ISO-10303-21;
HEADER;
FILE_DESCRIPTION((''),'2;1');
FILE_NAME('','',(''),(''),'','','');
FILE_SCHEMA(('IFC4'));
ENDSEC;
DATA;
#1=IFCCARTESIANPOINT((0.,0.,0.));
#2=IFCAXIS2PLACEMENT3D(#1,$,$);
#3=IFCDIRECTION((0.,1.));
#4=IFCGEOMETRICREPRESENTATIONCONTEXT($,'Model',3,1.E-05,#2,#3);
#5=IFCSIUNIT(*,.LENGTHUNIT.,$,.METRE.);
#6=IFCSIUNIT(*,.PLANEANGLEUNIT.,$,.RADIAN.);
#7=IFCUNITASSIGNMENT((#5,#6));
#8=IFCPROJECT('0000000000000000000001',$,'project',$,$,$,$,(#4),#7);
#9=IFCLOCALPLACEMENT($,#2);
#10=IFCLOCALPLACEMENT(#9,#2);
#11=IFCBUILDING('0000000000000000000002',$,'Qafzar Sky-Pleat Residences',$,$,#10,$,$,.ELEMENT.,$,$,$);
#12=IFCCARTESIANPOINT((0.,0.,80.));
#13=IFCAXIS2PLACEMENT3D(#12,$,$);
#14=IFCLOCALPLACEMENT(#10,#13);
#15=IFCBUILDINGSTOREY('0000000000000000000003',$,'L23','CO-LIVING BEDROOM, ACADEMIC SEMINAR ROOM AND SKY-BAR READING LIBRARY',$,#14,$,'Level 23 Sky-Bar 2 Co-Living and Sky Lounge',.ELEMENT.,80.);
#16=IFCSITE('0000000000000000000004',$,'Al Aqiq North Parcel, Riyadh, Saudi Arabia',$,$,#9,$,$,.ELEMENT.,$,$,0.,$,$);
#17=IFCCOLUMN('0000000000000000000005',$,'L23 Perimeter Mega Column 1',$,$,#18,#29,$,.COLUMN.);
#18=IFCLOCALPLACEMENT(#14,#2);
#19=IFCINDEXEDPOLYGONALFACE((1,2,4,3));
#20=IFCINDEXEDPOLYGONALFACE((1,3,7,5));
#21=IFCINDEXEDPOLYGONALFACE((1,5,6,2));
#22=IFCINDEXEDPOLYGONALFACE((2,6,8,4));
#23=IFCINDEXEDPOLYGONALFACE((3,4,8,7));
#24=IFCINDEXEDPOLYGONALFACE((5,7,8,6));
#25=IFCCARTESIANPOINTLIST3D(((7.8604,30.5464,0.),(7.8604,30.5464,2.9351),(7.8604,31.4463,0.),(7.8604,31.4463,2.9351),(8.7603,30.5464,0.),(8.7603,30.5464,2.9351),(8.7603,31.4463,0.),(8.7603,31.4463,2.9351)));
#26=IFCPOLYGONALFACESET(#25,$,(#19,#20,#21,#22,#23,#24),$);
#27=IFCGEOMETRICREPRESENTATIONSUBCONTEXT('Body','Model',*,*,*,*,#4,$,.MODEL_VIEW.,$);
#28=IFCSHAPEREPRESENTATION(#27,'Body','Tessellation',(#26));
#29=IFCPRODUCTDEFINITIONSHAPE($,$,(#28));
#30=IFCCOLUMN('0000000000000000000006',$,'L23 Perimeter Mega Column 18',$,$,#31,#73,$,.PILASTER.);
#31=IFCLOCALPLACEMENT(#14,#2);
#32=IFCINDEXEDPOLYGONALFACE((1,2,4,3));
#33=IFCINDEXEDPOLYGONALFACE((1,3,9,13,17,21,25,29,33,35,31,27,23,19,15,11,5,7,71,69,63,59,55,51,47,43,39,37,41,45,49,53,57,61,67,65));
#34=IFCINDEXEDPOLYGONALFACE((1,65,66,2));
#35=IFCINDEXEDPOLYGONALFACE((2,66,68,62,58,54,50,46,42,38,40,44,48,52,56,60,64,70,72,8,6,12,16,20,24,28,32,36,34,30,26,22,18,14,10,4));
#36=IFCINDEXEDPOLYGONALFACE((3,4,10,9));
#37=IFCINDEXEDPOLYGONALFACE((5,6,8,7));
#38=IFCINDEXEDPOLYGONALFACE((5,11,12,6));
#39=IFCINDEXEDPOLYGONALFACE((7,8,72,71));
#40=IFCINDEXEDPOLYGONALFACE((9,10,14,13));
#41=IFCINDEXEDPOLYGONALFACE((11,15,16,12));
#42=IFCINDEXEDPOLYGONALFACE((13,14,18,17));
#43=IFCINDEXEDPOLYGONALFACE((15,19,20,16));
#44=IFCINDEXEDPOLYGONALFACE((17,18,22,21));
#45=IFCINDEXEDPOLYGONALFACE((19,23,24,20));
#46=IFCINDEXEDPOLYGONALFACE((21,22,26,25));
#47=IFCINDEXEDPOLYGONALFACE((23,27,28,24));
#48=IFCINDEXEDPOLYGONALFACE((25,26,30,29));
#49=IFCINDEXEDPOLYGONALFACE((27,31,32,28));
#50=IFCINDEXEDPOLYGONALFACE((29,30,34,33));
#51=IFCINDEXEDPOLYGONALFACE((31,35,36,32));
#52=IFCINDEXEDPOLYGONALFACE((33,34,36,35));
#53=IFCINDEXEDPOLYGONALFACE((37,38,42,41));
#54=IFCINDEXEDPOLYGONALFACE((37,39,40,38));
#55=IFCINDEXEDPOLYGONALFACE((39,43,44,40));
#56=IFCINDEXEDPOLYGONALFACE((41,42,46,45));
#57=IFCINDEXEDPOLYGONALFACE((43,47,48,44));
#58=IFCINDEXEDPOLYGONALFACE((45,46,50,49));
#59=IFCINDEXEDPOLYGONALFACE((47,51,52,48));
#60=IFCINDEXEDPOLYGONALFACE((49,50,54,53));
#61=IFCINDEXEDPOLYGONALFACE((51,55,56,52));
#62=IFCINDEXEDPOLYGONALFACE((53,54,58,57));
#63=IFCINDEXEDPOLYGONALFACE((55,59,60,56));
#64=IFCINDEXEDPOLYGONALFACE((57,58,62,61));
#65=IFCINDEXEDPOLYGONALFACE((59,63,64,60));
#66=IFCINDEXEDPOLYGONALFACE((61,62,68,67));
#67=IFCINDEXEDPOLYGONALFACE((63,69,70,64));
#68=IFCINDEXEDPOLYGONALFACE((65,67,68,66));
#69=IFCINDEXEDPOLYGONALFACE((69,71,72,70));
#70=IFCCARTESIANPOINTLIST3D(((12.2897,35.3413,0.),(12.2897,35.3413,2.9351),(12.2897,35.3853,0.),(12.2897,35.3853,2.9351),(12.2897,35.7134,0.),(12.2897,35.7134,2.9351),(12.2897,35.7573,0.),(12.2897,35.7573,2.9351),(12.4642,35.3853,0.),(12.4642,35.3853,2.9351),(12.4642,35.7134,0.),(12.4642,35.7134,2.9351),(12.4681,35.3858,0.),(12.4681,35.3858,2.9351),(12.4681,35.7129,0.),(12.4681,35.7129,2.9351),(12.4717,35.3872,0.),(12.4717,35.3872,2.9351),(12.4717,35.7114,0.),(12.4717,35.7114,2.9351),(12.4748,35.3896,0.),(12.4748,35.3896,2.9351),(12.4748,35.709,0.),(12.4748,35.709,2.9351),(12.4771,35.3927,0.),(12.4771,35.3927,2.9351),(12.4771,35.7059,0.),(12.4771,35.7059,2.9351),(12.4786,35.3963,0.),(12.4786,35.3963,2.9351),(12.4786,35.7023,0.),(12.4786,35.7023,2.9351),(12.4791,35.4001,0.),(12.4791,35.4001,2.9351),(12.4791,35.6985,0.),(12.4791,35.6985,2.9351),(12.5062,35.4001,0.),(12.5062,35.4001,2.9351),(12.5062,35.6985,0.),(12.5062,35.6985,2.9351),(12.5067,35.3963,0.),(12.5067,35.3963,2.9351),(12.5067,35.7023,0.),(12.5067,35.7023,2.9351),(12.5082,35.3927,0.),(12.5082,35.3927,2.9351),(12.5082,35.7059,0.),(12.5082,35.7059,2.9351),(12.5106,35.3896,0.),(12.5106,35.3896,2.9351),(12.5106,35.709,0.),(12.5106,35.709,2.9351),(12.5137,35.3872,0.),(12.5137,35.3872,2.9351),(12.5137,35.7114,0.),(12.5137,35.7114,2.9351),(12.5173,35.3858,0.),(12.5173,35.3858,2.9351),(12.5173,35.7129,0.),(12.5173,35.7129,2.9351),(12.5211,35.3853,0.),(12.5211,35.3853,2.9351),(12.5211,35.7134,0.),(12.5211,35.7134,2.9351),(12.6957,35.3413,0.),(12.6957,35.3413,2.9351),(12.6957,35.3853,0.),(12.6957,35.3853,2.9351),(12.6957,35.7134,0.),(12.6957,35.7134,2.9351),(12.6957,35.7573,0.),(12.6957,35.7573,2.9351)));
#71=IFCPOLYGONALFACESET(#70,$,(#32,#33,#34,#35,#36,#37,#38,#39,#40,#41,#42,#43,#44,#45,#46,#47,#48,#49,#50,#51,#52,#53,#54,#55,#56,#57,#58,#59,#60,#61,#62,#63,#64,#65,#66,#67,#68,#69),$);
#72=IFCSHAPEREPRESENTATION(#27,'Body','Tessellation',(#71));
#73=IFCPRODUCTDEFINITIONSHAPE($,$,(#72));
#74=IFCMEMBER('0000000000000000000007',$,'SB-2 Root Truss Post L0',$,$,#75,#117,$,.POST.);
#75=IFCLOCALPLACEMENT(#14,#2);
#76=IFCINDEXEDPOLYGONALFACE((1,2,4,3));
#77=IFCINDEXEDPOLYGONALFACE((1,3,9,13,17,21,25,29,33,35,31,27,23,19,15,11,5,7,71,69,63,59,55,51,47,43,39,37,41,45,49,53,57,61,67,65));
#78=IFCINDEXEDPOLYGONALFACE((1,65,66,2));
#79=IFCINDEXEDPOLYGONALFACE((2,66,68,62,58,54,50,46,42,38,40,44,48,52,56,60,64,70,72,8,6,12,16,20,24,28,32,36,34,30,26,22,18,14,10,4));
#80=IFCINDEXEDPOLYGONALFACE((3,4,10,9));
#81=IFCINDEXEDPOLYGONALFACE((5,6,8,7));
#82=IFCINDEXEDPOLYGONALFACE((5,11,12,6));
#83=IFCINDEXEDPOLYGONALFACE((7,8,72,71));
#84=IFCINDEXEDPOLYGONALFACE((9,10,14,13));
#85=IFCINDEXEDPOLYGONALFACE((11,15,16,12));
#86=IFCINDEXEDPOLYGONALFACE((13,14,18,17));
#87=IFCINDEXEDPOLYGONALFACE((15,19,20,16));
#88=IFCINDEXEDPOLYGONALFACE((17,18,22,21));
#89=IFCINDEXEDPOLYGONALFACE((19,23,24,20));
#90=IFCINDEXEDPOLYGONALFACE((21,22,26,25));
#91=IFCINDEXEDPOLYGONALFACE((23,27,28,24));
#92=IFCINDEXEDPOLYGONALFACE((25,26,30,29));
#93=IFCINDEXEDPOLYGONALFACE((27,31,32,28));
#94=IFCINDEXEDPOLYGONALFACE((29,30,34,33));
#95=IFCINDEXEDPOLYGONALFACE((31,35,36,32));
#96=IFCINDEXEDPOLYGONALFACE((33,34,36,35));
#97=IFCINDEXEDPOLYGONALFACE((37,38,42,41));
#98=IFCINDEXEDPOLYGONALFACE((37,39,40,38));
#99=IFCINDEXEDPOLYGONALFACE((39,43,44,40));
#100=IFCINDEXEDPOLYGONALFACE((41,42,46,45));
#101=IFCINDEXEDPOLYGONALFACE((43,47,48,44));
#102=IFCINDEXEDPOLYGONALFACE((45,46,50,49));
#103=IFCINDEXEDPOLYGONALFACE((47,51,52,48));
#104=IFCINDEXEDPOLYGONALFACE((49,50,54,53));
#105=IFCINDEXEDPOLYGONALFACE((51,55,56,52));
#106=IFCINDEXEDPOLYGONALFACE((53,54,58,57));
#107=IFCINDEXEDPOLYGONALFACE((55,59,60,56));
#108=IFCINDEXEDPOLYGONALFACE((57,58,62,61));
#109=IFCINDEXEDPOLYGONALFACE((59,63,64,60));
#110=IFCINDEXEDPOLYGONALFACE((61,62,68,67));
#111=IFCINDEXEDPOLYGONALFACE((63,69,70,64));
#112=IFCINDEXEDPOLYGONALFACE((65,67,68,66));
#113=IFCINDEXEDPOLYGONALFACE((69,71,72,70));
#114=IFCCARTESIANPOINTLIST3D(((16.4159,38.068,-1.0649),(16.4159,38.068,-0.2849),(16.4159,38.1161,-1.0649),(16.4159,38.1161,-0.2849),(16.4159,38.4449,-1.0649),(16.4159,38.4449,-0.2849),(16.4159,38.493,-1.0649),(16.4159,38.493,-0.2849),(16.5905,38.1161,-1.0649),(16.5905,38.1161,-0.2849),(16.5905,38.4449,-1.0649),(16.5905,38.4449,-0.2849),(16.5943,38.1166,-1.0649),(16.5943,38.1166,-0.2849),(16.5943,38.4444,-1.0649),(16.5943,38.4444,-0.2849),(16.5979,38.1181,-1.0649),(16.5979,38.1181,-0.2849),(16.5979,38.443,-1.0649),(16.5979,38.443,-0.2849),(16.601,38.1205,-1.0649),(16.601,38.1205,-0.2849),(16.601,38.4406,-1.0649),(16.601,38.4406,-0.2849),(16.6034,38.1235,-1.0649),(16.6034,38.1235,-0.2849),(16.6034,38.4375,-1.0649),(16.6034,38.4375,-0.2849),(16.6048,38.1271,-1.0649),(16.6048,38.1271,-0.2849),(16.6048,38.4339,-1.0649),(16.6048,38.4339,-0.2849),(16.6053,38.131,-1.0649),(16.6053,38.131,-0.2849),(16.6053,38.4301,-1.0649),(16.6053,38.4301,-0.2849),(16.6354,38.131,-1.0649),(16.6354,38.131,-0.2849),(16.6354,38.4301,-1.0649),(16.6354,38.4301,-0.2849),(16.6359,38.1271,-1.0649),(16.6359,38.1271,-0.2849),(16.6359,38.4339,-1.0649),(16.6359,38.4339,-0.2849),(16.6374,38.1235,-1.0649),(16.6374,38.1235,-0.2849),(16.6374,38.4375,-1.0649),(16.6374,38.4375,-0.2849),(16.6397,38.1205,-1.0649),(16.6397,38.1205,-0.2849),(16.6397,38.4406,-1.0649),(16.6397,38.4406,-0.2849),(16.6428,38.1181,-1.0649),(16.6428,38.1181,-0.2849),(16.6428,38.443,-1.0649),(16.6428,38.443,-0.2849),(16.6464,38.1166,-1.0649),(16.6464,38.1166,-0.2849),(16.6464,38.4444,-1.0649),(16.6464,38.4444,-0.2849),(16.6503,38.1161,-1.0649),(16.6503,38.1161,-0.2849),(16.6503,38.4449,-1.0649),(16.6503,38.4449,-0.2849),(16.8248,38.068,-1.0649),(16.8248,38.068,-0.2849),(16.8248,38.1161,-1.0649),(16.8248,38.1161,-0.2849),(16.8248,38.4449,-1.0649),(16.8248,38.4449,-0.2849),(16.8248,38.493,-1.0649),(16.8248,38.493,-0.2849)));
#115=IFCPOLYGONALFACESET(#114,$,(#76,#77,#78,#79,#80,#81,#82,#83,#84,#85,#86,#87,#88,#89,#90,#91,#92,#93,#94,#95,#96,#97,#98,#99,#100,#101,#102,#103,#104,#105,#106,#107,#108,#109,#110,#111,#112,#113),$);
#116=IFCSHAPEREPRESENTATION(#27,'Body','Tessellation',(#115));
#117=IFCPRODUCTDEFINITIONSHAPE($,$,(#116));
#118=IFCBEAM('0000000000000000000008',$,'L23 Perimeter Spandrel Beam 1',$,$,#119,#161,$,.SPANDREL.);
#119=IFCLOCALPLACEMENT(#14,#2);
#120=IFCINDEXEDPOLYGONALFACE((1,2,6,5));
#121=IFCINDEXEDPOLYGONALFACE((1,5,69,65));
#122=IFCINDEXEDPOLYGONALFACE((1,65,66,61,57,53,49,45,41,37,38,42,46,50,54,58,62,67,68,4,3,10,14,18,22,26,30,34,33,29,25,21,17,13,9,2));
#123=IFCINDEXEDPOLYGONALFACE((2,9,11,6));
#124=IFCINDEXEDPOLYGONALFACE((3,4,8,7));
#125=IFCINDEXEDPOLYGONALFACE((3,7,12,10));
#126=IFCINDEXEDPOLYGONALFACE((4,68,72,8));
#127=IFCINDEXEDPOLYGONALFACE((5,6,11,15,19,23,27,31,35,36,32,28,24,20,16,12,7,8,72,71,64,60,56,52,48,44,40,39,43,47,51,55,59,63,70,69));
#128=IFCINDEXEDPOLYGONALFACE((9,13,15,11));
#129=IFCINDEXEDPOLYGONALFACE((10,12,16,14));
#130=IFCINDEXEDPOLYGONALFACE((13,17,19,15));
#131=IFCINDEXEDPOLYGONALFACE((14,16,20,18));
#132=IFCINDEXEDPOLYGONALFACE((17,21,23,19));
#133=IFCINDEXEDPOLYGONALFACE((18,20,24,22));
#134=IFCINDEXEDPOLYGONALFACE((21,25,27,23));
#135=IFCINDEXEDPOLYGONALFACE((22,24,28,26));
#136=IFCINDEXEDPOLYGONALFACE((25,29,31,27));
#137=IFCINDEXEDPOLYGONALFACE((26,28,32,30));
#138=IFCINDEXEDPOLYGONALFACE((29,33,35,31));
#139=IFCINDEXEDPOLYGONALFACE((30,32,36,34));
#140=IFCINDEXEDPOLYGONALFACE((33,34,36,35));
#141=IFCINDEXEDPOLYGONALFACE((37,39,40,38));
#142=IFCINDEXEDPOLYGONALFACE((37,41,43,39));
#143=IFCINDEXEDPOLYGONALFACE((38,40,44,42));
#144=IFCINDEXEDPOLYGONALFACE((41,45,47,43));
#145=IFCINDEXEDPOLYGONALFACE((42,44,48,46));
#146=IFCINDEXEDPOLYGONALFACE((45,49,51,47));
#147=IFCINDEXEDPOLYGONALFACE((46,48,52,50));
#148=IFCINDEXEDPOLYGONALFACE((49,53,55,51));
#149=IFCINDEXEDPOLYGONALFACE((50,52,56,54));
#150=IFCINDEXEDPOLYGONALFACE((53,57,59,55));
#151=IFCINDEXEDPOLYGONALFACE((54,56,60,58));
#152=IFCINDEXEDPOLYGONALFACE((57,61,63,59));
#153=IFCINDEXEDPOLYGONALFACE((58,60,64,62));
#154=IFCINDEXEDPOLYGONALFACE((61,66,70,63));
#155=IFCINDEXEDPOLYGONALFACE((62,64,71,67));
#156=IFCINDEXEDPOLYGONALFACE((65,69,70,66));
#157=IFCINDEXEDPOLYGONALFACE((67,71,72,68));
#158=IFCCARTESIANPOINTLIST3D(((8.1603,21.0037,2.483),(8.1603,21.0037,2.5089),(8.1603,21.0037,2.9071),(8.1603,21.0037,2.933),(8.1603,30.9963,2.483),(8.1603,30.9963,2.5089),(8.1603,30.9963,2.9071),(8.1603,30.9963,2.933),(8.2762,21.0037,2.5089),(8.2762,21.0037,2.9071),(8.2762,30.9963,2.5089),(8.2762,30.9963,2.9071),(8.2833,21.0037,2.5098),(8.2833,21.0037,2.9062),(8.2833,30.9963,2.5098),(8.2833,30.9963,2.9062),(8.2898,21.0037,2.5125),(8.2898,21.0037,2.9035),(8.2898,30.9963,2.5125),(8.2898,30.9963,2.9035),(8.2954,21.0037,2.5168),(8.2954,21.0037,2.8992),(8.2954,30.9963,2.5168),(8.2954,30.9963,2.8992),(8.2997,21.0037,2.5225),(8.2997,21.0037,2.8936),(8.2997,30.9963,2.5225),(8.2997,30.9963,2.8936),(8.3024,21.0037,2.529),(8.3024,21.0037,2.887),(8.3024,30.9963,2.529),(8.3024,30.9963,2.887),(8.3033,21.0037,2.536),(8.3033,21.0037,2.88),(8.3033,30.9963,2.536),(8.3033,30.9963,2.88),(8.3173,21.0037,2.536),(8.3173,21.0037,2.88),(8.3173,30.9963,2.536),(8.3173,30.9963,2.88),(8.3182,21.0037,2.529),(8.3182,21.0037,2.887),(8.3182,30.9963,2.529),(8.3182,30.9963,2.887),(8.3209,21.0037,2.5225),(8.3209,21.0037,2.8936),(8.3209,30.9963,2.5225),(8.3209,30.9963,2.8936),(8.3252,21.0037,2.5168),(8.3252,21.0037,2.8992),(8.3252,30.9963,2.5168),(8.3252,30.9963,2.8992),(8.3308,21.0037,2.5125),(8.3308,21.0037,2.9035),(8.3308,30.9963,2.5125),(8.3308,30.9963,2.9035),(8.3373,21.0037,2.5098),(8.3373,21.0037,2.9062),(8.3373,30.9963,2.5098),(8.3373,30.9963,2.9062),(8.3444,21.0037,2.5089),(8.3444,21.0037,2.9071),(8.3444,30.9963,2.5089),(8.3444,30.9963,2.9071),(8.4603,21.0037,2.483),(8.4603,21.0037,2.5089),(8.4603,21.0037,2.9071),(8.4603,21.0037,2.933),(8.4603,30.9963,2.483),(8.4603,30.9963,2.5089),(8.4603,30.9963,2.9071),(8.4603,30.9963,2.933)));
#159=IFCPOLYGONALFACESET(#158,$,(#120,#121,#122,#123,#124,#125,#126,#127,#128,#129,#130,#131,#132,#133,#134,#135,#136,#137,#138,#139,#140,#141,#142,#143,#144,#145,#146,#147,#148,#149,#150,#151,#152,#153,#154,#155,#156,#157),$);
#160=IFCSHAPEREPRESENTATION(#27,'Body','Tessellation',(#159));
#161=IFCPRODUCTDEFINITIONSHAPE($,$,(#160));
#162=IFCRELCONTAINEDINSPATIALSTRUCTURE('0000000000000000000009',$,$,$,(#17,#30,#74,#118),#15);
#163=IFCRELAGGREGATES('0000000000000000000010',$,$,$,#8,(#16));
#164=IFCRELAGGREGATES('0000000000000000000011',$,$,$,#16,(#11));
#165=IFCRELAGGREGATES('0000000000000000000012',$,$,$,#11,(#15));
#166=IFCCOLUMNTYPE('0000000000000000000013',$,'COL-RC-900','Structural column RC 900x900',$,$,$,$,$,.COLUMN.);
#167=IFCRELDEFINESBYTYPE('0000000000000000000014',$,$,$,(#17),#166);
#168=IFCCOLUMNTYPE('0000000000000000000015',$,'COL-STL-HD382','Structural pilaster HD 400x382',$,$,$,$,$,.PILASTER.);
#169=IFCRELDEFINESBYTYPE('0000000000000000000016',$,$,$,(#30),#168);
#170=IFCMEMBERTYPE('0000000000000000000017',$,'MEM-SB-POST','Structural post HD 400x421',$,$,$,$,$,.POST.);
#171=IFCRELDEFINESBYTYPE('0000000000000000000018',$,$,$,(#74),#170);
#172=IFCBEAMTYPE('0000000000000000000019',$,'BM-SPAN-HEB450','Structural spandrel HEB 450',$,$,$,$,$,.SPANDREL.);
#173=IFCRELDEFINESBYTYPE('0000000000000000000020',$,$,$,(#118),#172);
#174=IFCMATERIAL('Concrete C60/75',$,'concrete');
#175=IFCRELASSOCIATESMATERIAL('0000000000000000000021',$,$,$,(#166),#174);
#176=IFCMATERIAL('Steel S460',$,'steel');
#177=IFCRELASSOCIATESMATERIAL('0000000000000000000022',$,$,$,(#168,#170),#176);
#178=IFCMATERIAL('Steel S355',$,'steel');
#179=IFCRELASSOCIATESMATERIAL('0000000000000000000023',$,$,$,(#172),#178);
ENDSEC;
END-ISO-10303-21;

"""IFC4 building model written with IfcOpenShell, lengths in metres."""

from ifc_helpers import new_model, si_unit, direction, frame, origin, origin_2d, place, context, subcontext, project, spatial, rectangle, i_section, extrude, source, transform, mapped, material, material_profile, profile_set, type_object, element, save


model = new_model("IFC4")

# Units and contexts
model_context = context("Model", 3, precision=1e-05, world=origin(), true_north=direction((0.0, 1.0)))
body_context = subcontext(model_context, "Body", "Model", "MODEL_VIEW")
ifc_project = project(units=[si_unit("LENGTHUNIT", "METRE"), si_unit("PLANEANGLEUNIT", "RADIAN")], contexts=[model_context])

# Site, building, storey
site_placement = place(None, origin())
site = spatial("IfcSite", under=ifc_project, at=site_placement, Name="Al Aqiq North Parcel, Riyadh, Saudi Arabia", CompositionType="ELEMENT", RefElevation=0.0)
building_placement = place(site_placement, origin())
building = spatial("IfcBuilding", under=site, at=building_placement, Name="Qafzar Sky-Pleat Residences", CompositionType="ELEMENT")
storey_placement = place(building_placement, frame((0.0, 0.0, 80.0)))
storey = spatial("IfcBuildingStorey", under=building, at=storey_placement, Name="L23", Description="CO-LIVING BEDROOM, ACADEMIC SEMINAR ROOM AND SKY-BAR READING LIBRARY", LongName="Level 23 Sky-Bar 2 Co-Living and Sky Lounge", CompositionType="ELEMENT", Elevation=80.0)

# Columns
ifc_material_1 = material(Name="Concrete C60/75", Category="concrete")
ifc_material_profile_1 = material_profile(ifc_material_1, rectangle(XDim=0.8999, YDim=0.8999, at=origin_2d()), Name="RC 900x900")
ifc_profile_set_1 = profile_set([ifc_material_profile_1], Name="Concrete C60/75")
column_type_1 = type_object("IfcColumnType", Name="COL-RC-900", Description="Structural column RC 900x900", PredefinedType="COLUMN", material=ifc_profile_set_1)
shared_shape_1 = source(origin(), body_context, "Body", "SweptSolid", [
    extrude(rectangle(XDim=0.8999, YDim=0.8999, at=origin_2d()), origin(), (0.0, 0.0, 1.0), 2.9351),
])
column_1_placement = place(storey_placement, frame((8.3103, 30.9963, 0.0), z_axis=(0.0, 0.0, 1.0), x_axis=(1.0, 0.0, 0.0)))
element("IfcColumn", 1, at=column_1_placement, inside=storey, type_object=column_type_1, Name="L23 Perimeter Mega Column 1", PredefinedType="COLUMN", context=body_context, shape_type="MappedRepresentation", body=[
    mapped(shared_shape_1, transform((0.0, 0.0, 0.0), x_axis=(1.0, 0.0, 0.0), y_axis=(0.0, 1.0, 0.0), z_axis=(0.0, 0.0, 1.0), scale=1.0)),
])
ifc_material_2 = material(Name="Steel S460", Category="steel")
ifc_material_profile_2 = material_profile(ifc_material_2, i_section(OverallWidth=0.406, OverallDepth=0.416, WebThickness=0.0271, FlangeThickness=0.0439, FilletRadius=0.0149, at=origin_2d()), Name="HD 400x382")
ifc_profile_set_2 = profile_set([ifc_material_profile_2], Name="Steel S460")
column_type_2 = type_object("IfcColumnType", Name="COL-STL-HD382", Description="Structural pilaster HD 400x382", PredefinedType="PILASTER", material=ifc_profile_set_2)
shared_shape_2 = source(origin(), body_context, "Body", "SweptSolid", [
    extrude(i_section(OverallWidth=0.406, OverallDepth=0.416, WebThickness=0.0271, FlangeThickness=0.0439, FilletRadius=0.0149, at=origin_2d()), origin(), (0.0, 0.0, 1.0), 2.9351),
])
column_2_placement = place(storey_placement, frame((12.4927, 35.5493, 0.0), z_axis=(0.0, 0.0, 1.0), x_axis=(1.0, 0.0, 0.0)))
element("IfcColumn", 2, at=column_2_placement, inside=storey, type_object=column_type_2, Name="L23 Perimeter Mega Column 18", PredefinedType="PILASTER", context=body_context, shape_type="MappedRepresentation", body=[
    mapped(shared_shape_2, transform((0.0, 0.0, 0.0), x_axis=(1.0, 0.0, 0.0), y_axis=(0.0, 1.0, 0.0), z_axis=(0.0, 0.0, 1.0), scale=1.0)),
])

# Member
ifc_material_profile_3 = material_profile(ifc_material_2, i_section(OverallWidth=0.4089, OverallDepth=0.425, WebThickness=0.03, FlangeThickness=0.0481, FilletRadius=0.0149, at=origin_2d()), Name="HD 400x421")
ifc_profile_set_3 = profile_set([ifc_material_profile_3], Name="Steel S460")
member_type_1 = type_object("IfcMemberType", Name="MEM-SB-POST", Description="Structural post HD 400x421", PredefinedType="POST", material=ifc_profile_set_3)
shared_shape_3 = source(origin(), body_context, "Body", "SweptSolid", [
    extrude(i_section(OverallWidth=0.4089, OverallDepth=0.425, WebThickness=0.03, FlangeThickness=0.0481, FilletRadius=0.0149, at=origin_2d()), origin(), (0.0, 0.0, 1.0), 0.78),
])
member_1_placement = place(storey_placement, frame((16.6204, 38.2805, -1.0649), z_axis=(0.0, 0.0, 1.0), x_axis=(1.0, 0.0, 0.0)))
element("IfcMember", 3, at=member_1_placement, inside=storey, type_object=member_type_1, Name="SB-2 Root Truss Post L0", PredefinedType="POST", context=body_context, shape_type="MappedRepresentation", body=[
    mapped(shared_shape_3, transform((0.0, 0.0, 0.0), x_axis=(1.0, 0.0, 0.0), y_axis=(0.0, 1.0, 0.0), z_axis=(0.0, 0.0, 1.0), scale=1.0)),
])

# Beam
ifc_material_3 = material(Name="Steel S355", Category="steel")
ifc_material_profile_4 = material_profile(ifc_material_3, i_section(OverallWidth=0.3, OverallDepth=0.45, WebThickness=0.0139, FlangeThickness=0.0259, FilletRadius=0.0271, at=origin_2d()), Name="HEB 450")
ifc_profile_set_4 = profile_set([ifc_material_profile_4], Name="Steel S355")
beam_type_1 = type_object("IfcBeamType", Name="BM-SPAN-HEB450", Description="Structural spandrel HEB 450", PredefinedType="SPANDREL", material=ifc_profile_set_4)
shared_shape_4 = source(origin(), body_context, "Body", "SweptSolid", [
    extrude(i_section(OverallWidth=0.3, OverallDepth=0.45, WebThickness=0.0139, FlangeThickness=0.0259, FilletRadius=0.0271, at=origin_2d()), origin(), (0.0, 0.0, 1.0), 9.9927),
])
beam_1_placement = place(storey_placement, frame((8.3103, 30.9963, 2.708), z_axis=(0.0, -1.0, 0.0), x_axis=(1.0, 0.0, 0.0)))
element("IfcBeam", 4, at=beam_1_placement, inside=storey, type_object=beam_type_1, Name="L23 Perimeter Spandrel Beam 1", PredefinedType="SPANDREL", context=body_context, shape_type="MappedRepresentation", body=[
    mapped(shared_shape_4, transform((0.0, 0.0, 0.0), x_axis=(1.0, 0.0, 0.0), y_axis=(0.0, 1.0, 0.0), z_axis=(0.0, 0.0, 1.0), scale=1.0)),
])

save(model, "model.ifc")
